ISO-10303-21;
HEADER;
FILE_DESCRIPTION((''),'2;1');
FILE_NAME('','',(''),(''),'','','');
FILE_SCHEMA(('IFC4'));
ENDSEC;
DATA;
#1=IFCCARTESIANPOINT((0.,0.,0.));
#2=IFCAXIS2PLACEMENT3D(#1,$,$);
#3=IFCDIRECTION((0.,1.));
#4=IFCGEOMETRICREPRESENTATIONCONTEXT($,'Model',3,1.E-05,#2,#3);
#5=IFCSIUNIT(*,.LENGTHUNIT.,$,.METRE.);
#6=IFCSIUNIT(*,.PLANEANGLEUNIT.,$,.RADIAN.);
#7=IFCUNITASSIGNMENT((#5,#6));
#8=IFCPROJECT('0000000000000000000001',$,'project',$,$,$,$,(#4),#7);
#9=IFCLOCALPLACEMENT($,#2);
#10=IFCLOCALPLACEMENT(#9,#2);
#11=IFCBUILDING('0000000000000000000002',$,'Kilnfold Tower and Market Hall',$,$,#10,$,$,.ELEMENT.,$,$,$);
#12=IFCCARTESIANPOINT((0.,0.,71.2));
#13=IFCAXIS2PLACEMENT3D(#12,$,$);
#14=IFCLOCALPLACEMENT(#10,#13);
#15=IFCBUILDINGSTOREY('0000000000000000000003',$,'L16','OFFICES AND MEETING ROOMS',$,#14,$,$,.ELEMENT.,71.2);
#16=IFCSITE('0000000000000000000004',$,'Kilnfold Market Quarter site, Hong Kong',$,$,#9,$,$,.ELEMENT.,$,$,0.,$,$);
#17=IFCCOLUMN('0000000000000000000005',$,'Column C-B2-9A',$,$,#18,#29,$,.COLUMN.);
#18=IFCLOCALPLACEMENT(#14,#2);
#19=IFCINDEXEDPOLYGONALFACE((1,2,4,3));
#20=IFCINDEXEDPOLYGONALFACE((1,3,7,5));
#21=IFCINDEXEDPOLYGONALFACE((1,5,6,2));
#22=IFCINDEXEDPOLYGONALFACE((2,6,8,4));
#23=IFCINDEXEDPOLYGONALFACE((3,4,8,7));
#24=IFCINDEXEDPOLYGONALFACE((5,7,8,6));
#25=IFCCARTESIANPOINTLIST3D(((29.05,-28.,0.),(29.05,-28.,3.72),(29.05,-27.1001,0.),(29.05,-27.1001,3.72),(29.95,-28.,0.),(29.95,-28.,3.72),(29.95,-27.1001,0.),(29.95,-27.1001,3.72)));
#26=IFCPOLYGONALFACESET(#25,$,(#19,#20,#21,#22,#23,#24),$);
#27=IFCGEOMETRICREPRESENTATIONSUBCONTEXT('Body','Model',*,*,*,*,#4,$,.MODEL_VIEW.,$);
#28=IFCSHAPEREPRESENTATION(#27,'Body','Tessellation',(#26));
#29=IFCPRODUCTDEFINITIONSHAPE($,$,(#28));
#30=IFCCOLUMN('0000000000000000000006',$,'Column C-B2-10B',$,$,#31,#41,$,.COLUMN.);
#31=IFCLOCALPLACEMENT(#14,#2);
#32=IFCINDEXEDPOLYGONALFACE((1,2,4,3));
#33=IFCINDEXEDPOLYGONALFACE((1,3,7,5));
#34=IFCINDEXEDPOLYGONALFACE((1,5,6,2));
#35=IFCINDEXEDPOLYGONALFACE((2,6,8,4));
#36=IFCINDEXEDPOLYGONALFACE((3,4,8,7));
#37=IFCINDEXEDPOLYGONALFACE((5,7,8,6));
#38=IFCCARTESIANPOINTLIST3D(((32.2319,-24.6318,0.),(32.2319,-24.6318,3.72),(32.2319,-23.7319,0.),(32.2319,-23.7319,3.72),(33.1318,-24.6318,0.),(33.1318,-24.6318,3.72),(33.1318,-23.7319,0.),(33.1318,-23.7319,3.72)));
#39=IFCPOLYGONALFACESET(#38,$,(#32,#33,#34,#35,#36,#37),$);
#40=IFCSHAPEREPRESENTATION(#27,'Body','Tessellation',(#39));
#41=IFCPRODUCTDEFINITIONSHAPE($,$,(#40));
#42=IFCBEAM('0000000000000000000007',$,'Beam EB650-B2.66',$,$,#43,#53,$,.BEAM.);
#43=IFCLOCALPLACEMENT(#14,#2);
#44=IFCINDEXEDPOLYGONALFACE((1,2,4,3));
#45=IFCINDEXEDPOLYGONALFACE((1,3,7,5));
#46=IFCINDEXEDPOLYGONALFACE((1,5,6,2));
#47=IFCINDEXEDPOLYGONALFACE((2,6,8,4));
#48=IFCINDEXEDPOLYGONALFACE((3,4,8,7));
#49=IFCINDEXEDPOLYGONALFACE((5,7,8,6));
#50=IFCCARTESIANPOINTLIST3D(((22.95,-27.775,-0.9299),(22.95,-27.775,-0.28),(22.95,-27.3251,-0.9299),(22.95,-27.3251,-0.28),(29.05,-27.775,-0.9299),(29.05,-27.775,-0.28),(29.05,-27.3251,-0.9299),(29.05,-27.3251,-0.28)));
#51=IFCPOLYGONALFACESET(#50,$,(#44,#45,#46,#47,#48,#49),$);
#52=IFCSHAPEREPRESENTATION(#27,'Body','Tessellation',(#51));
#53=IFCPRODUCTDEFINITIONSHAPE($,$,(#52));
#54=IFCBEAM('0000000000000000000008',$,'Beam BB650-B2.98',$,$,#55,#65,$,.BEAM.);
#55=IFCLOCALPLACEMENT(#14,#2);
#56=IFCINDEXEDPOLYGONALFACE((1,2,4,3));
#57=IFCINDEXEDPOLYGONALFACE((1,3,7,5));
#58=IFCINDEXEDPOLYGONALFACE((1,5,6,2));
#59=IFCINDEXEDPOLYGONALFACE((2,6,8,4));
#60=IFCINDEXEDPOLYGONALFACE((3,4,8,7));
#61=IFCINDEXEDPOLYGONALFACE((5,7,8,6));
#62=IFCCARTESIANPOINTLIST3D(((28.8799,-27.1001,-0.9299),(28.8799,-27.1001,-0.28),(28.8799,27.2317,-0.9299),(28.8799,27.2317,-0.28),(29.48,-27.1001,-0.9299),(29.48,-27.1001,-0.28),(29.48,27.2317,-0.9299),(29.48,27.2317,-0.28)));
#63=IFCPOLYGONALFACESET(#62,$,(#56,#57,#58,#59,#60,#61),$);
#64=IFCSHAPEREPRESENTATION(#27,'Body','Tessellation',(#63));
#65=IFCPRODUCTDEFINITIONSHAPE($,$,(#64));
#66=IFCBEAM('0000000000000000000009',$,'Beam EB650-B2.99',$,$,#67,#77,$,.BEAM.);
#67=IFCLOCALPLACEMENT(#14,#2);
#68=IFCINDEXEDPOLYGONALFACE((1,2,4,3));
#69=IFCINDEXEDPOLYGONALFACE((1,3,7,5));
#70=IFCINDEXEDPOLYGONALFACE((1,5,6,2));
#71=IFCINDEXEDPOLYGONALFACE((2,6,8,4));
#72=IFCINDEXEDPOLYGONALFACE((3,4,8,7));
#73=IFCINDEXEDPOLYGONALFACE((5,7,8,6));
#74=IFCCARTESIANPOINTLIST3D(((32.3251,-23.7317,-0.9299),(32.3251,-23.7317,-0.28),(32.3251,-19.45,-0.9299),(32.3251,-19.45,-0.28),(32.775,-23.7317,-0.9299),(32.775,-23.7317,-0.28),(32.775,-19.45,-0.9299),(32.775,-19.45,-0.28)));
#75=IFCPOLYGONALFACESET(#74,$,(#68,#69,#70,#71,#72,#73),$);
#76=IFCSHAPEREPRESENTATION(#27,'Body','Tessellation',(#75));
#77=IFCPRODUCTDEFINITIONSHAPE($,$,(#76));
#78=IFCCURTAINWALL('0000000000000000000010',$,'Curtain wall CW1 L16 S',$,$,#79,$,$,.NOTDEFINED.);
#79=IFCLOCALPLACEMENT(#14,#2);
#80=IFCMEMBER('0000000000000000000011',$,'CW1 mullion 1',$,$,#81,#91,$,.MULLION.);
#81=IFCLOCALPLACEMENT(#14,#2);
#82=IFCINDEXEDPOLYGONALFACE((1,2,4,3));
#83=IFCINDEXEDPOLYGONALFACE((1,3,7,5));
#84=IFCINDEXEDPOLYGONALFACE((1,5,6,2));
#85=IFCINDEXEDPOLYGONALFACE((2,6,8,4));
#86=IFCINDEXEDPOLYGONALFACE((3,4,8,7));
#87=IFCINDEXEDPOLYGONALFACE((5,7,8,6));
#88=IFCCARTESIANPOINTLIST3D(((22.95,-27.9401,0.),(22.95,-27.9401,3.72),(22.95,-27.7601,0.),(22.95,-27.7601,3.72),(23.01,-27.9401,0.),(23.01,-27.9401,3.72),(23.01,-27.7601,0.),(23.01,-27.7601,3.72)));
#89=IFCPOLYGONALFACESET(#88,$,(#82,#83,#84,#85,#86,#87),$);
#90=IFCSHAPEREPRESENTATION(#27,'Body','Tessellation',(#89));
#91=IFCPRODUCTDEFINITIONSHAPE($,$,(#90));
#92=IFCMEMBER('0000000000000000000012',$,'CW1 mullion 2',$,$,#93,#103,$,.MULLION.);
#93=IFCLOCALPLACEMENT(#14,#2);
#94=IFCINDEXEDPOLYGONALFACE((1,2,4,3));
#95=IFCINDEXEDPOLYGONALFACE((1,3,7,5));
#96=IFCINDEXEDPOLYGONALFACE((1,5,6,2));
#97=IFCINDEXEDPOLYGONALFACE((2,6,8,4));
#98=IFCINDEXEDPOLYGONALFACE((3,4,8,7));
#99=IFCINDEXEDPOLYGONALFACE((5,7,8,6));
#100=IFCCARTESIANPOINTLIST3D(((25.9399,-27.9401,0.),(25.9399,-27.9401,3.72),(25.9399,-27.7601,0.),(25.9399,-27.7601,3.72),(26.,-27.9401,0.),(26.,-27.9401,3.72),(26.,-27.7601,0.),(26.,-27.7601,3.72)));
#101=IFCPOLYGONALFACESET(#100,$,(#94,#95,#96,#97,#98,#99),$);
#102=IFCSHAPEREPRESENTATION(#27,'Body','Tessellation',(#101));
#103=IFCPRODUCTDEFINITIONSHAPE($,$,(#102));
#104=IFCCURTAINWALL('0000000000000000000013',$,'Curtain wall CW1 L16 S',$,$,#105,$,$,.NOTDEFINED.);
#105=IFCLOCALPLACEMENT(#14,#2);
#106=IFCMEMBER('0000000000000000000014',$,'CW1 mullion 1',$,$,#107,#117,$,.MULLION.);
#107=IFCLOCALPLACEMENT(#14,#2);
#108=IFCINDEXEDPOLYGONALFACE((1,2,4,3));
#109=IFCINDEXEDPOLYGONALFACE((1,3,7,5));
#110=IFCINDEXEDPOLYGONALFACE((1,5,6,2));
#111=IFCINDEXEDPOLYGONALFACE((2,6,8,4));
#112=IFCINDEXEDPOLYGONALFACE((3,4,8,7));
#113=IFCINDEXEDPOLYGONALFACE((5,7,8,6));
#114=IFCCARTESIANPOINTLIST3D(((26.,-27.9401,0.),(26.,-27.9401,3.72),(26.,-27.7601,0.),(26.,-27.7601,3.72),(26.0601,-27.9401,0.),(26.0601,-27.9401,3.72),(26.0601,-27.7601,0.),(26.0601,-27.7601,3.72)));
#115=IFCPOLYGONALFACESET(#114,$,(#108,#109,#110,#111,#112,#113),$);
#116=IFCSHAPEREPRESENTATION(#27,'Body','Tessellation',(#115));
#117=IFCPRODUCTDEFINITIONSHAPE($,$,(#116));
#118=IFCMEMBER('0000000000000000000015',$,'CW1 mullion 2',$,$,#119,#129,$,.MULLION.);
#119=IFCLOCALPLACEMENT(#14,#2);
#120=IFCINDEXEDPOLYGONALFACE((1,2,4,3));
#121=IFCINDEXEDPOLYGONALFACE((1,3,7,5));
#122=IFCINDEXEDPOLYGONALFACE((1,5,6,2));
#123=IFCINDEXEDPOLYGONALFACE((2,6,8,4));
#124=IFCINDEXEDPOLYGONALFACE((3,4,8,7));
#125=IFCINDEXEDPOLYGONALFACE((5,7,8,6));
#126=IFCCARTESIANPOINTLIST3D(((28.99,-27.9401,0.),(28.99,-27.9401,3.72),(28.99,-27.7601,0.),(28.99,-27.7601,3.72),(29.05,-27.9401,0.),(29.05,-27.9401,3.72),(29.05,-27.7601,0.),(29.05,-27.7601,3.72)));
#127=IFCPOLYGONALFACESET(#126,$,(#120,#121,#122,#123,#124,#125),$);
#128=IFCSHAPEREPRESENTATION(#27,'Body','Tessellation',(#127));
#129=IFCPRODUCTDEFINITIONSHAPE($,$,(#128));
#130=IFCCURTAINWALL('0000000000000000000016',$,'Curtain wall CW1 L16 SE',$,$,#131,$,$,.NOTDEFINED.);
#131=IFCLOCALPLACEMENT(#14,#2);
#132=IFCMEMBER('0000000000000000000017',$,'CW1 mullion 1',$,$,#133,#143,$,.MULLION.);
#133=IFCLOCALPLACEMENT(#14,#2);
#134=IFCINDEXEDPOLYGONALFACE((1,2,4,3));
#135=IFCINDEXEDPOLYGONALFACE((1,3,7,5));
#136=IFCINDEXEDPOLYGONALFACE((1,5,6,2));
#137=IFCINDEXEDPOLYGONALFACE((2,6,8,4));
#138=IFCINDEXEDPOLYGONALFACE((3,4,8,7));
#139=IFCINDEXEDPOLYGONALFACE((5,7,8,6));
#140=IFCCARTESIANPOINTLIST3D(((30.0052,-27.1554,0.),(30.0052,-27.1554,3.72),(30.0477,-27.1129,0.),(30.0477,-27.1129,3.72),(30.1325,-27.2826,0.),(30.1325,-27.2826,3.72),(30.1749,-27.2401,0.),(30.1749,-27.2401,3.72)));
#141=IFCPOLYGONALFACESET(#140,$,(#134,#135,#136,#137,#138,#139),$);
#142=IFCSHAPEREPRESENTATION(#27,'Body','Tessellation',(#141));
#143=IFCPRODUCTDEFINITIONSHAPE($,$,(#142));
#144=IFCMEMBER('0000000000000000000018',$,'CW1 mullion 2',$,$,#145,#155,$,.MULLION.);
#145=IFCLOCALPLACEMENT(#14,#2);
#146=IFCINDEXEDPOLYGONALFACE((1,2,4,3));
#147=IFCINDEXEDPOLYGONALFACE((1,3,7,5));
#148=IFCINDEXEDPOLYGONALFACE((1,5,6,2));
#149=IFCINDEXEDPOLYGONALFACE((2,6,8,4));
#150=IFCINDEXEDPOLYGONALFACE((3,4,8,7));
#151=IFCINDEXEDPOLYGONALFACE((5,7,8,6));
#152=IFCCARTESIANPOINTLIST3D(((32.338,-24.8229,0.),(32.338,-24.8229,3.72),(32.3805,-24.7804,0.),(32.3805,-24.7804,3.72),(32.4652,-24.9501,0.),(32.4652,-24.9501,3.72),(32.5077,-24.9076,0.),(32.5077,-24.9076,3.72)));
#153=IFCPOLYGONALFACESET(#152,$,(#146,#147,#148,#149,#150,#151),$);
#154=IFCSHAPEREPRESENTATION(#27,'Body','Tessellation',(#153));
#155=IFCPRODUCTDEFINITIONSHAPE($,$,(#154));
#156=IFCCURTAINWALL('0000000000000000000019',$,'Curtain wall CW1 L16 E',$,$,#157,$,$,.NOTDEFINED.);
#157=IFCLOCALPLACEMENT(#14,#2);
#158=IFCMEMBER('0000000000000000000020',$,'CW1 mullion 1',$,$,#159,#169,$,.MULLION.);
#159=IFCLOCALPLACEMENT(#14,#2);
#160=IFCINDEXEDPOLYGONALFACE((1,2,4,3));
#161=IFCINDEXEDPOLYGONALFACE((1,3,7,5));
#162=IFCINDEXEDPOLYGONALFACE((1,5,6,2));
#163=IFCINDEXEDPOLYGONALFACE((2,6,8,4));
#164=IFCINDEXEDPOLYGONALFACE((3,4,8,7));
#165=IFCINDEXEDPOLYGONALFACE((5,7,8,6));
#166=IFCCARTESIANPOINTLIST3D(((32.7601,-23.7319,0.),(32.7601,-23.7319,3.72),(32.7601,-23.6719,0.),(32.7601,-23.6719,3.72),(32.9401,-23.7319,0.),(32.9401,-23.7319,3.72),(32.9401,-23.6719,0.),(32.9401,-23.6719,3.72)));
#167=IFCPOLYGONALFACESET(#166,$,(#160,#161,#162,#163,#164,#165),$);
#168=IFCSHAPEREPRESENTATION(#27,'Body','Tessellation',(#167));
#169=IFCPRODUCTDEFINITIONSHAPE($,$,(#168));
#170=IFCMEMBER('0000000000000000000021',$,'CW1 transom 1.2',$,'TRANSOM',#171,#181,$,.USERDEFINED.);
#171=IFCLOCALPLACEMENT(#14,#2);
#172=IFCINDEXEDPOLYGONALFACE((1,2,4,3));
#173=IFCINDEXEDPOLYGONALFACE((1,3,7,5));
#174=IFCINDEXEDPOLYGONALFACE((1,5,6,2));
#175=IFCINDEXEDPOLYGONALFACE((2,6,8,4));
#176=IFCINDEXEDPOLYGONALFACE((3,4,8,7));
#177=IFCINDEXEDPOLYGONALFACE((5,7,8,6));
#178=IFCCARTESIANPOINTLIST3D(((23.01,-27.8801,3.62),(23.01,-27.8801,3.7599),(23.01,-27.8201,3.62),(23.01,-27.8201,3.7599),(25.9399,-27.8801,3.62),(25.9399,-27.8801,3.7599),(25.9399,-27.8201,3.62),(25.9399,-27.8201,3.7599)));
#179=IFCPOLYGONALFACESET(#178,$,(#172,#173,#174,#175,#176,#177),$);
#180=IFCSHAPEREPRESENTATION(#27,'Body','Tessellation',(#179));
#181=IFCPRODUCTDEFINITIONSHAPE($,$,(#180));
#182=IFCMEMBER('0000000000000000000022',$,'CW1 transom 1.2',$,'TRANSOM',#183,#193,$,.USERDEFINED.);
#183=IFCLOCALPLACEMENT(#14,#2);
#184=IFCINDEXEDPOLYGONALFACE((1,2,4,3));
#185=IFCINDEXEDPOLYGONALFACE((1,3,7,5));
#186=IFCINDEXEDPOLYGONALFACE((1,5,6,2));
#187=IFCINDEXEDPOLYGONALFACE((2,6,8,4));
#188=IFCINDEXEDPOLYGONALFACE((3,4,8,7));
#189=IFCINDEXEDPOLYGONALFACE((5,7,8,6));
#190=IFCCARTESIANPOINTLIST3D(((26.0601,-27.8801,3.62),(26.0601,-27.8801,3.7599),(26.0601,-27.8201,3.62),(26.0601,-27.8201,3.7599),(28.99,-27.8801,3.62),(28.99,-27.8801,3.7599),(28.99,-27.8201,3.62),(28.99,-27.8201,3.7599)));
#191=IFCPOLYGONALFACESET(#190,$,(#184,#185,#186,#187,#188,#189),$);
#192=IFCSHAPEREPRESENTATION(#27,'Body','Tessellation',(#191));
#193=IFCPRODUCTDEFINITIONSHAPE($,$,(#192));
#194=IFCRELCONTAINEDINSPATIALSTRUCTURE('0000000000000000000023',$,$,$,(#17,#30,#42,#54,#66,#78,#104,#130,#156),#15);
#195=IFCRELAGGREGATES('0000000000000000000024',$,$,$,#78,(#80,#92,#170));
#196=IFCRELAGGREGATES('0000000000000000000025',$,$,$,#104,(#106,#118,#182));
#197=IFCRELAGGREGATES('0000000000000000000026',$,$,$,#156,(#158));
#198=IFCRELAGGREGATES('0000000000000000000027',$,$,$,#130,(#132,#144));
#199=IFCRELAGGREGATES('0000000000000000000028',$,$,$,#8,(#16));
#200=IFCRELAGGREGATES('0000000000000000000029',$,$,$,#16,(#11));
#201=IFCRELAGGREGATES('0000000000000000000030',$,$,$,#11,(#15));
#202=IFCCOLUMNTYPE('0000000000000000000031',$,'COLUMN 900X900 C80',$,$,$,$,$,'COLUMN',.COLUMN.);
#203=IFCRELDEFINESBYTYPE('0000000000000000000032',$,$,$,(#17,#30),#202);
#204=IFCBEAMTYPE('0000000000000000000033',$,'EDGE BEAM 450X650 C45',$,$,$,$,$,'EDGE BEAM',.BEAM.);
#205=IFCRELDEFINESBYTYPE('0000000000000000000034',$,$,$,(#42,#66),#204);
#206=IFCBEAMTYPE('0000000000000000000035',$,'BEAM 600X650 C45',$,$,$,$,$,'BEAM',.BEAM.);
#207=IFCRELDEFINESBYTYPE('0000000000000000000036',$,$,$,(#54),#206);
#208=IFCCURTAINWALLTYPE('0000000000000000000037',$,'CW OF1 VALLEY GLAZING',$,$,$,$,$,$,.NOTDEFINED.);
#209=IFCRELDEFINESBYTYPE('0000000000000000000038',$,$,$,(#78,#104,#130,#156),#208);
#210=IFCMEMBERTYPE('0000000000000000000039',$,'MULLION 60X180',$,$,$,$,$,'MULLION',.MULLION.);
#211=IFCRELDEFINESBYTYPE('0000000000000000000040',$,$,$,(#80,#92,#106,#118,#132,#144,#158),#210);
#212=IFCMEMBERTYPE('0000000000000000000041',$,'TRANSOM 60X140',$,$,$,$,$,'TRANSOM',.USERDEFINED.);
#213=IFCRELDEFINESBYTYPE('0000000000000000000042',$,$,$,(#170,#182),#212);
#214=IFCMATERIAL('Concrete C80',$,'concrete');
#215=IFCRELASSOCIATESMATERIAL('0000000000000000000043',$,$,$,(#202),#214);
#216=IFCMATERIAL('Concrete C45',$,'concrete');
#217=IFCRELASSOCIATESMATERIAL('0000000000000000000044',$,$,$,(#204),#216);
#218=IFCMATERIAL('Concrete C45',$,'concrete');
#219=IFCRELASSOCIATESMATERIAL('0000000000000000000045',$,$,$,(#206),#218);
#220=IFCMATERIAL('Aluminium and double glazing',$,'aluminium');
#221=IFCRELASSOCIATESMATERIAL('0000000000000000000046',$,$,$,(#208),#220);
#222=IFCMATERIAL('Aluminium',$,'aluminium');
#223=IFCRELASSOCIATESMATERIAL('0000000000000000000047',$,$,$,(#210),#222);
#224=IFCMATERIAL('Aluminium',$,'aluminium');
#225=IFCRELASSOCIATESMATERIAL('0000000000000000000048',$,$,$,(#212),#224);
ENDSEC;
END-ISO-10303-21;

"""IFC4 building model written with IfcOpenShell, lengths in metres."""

from ifc_helpers import new_model, si_unit, direction, frame, origin, origin_2d, place, context, subcontext, project, spatial, rectangle, extrude, source, transform, mapped, material, material_profile, profile_set, type_object, element, aggregate, save


model = new_model("IFC4")

# Units and contexts
model_context = context("Model", 3, precision=1e-05, world=origin(), true_north=direction((0.0, 1.0)))
body_context = subcontext(model_context, "Body", "Model", "MODEL_VIEW")
ifc_project = project(units=[si_unit("LENGTHUNIT", "METRE"), si_unit("PLANEANGLEUNIT", "RADIAN")], contexts=[model_context])

# Site, building, storey
site_placement = place(None, origin())
site = spatial("IfcSite", under=ifc_project, at=site_placement, Name="Kilnfold Market Quarter site, Hong Kong", CompositionType="ELEMENT", RefElevation=0.0)
building_placement = place(site_placement, origin())
building = spatial("IfcBuilding", under=site, at=building_placement, Name="Kilnfold Tower and Market Hall", CompositionType="ELEMENT")
storey_placement = place(building_placement, frame((0.0, 0.0, 71.2)))
storey = spatial("IfcBuildingStorey", under=building, at=storey_placement, Name="L16", Description="OFFICES AND MEETING ROOMS", CompositionType="ELEMENT", Elevation=71.2)

# Columns
ifc_material_1 = material(Name="Concrete C80", Category="concrete")
ifc_material_profile_1 = material_profile(ifc_material_1, rectangle(XDim=0.8999, YDim=0.8999, at=origin_2d()), Name="RC 900x900")
ifc_profile_set_1 = profile_set([ifc_material_profile_1], Name="Concrete C80")
column_type = type_object("IfcColumnType", Name="COLUMN 900X900 C80", ElementType="COLUMN", PredefinedType="COLUMN", material=ifc_profile_set_1)
shared_shape_1 = source(origin(), body_context, "Body", "SweptSolid", [
    extrude(rectangle(XDim=0.8999, YDim=0.8999, at=origin_2d()), origin(), (0.0, 0.0, 1.0), 3.72),
])
for number, where, z_axis, x_axis, name in (
    (1, (29.5, -27.55, 0.0), (0.0, 0.0, 1.0), (1.0, 0.0, 0.0), "Column C-B2-9A"),
    (2, (32.6819, -24.1819, 0.0), (0.0, 0.0, 1.0), (1.0, 0.0, 0.0), "Column C-B2-10B"),
):
    element("IfcColumn", number, at=place(storey_placement, frame(where, z_axis=z_axis, x_axis=x_axis)), inside=storey, type_object=column_type, Name=name, PredefinedType="COLUMN", context=body_context, shape_type="MappedRepresentation", body=[
        mapped(shared_shape_1, transform((0.0, 0.0, 0.0))),
    ])

# Beams
ifc_material_2 = material(Name="Concrete C45", Category="concrete")
ifc_material_profile_2 = material_profile(ifc_material_2, rectangle(XDim=0.45, YDim=0.6499, at=origin_2d()), Name="RC 450x650")
ifc_profile_set_2 = profile_set([ifc_material_profile_2], Name="Concrete C45")
beam_type_1 = type_object("IfcBeamType", Name="EDGE BEAM 450X650 C45", ElementType="EDGE BEAM", PredefinedType="BEAM", material=ifc_profile_set_2)
shared_shape_2 = source(origin(), body_context, "Body", "SweptSolid", [
    extrude(rectangle(XDim=0.45, YDim=0.6499, at=origin_2d()), origin(), (0.0, 0.0, 1.0), 6.1001),
])
beam_1_placement = place(storey_placement, frame((22.95, -27.55, -0.605), z_axis=(1.0, 0.0, 0.0), x_axis=(0.0, 1.0, 0.0)))
element("IfcBeam", 3, at=beam_1_placement, inside=storey, type_object=beam_type_1, Name="Beam EB650-B2.66", PredefinedType="BEAM", context=body_context, shape_type="MappedRepresentation", body=[
    mapped(shared_shape_2, transform((0.0, 0.0, 0.0))),
])
ifc_material_3 = material(Name="Concrete C45", Category="concrete")
ifc_material_profile_3 = material_profile(ifc_material_3, rectangle(XDim=0.6001, YDim=0.6499, at=origin_2d()), Name="RC 600x650")
ifc_profile_set_3 = profile_set([ifc_material_profile_3], Name="Concrete C45")
beam_type_2 = type_object("IfcBeamType", Name="BEAM 600X650 C45", ElementType="BEAM", PredefinedType="BEAM", material=ifc_profile_set_3)
shared_shape_3 = source(origin(), body_context, "Body", "SweptSolid", [
    extrude(rectangle(XDim=0.6001, YDim=0.6499, at=origin_2d()), origin(), (0.0, 0.0, 1.0), 54.3318),
])
beam_2_placement = place(storey_placement, frame((29.1799, -27.1001, -0.605), z_axis=(0.0, 1.0, 0.0), x_axis=(-1.0, 0.0, 0.0)))
element("IfcBeam", 4, at=beam_2_placement, inside=storey, type_object=beam_type_2, Name="Beam BB650-B2.98", PredefinedType="BEAM", context=body_context, shape_type="MappedRepresentation", body=[
    mapped(shared_shape_3, transform((0.0, 0.0, 0.0))),
])
shared_shape_4 = source(origin(), body_context, "Body", "SweptSolid", [
    extrude(rectangle(XDim=0.45, YDim=0.6499, at=origin_2d()), origin(), (0.0, 0.0, 1.0), 4.2817),
])
beam_3_placement = place(storey_placement, frame((32.55, -23.7317, -0.605), z_axis=(0.0, 1.0, 0.0), x_axis=(-1.0, 0.0, 0.0)))
element("IfcBeam", 5, at=beam_3_placement, inside=storey, type_object=beam_type_1, Name="Beam EB650-B2.99", PredefinedType="BEAM", context=body_context, shape_type="MappedRepresentation", body=[
    mapped(shared_shape_4, transform((0.0, 0.0, 0.0))),
])

# Curtain walls, members
ifc_material_4 = material(Name="Aluminium and double glazing", Category="aluminium")
curtain_wall_type = type_object("IfcCurtainWallType", Name="CW OF1 VALLEY GLAZING", PredefinedType="NOTDEFINED", material=ifc_material_4)
curtain_wall_1_placement = place(storey_placement, origin())
curtain_wall_1 = element("IfcCurtainWall", 6, at=curtain_wall_1_placement, inside=storey, type_object=curtain_wall_type, Name="Curtain wall CW1 L16 S", PredefinedType="NOTDEFINED")
ifc_material_5 = material(Name="Aluminium", Category="aluminium")
ifc_material_profile_4 = material_profile(ifc_material_5, rectangle(XDim=0.0601, YDim=0.1799, at=origin_2d()), Name="MULLION 60x180")
ifc_profile_set_4 = profile_set([ifc_material_profile_4], Name="Aluminium")
member_type_1 = type_object("IfcMemberType", Name="MULLION 60X180", ElementType="MULLION", PredefinedType="MULLION", material=ifc_profile_set_4)
shared_shape_5 = source(origin(), body_context, "Body", "SweptSolid", [
    extrude(rectangle(XDim=0.0601, YDim=0.1799, at=origin_2d()), origin(), (0.0, 0.0, 1.0), 3.72),
])
member_1_placement = place(storey_placement, frame((22.98, -27.8501, 0.0), z_axis=(0.0, 0.0, 1.0), x_axis=(1.0, 0.0, 0.0)))
member_1 = element("IfcMember", 7, at=member_1_placement, type_object=member_type_1, Name="CW1 mullion 1", PredefinedType="MULLION", context=body_context, shape_type="MappedRepresentation", body=[
    mapped(shared_shape_5, transform((0.0, 0.0, 0.0))),
])
member_2_placement = place(storey_placement, frame((25.97, -27.8501, 0.0), z_axis=(0.0, 0.0, 1.0), x_axis=(1.0, 0.0, 0.0)))
member_2 = element("IfcMember", 8, at=member_2_placement, type_object=member_type_1, Name="CW1 mullion 2", PredefinedType="MULLION", context=body_context, shape_type="MappedRepresentation", body=[
    mapped(shared_shape_5, transform((0.0, 0.0, 0.0))),
])
curtain_wall_2_placement = place(storey_placement, origin())
curtain_wall_2 = element("IfcCurtainWall", 9, at=curtain_wall_2_placement, inside=storey, type_object=curtain_wall_type, Name="Curtain wall CW1 L16 S", PredefinedType="NOTDEFINED")
member_3_placement = place(storey_placement, frame((26.03, -27.8501, 0.0), z_axis=(0.0, 0.0, 1.0), x_axis=(1.0, 0.0, 0.0)))
member_3 = element("IfcMember", 10, at=member_3_placement, type_object=member_type_1, Name="CW1 mullion 1", PredefinedType="MULLION", context=body_context, shape_type="MappedRepresentation", body=[
    mapped(shared_shape_5, transform((0.0, 0.0, 0.0))),
])
member_4_placement = place(storey_placement, frame((29.02, -27.8501, 0.0), z_axis=(0.0, 0.0, 1.0), x_axis=(1.0, 0.0, 0.0)))
member_4 = element("IfcMember", 11, at=member_4_placement, type_object=member_type_1, Name="CW1 mullion 2", PredefinedType="MULLION", context=body_context, shape_type="MappedRepresentation", body=[
    mapped(shared_shape_5, transform((0.0, 0.0, 0.0))),
])
curtain_wall_3_placement = place(storey_placement, origin())
curtain_wall_3 = element("IfcCurtainWall", 12, at=curtain_wall_3_placement, inside=storey, type_object=curtain_wall_type, Name="Curtain wall CW1 L16 SE", PredefinedType="NOTDEFINED")
member_5_placement = place(storey_placement, frame((30.0901, -27.1978, 0.0), z_axis=(0.0, 0.0, 1.0), x_axis=(0.707122, 0.707092, 0.0)))
member_5 = element("IfcMember", 13, at=member_5_placement, type_object=member_type_1, Name="CW1 mullion 1", PredefinedType="MULLION", context=body_context, shape_type="MappedRepresentation", body=[
    mapped(shared_shape_5, transform((0.0, 0.0, 0.0))),
])
member_6_placement = place(storey_placement, frame((32.4229, -24.8652, 0.0), z_axis=(0.0, 0.0, 1.0), x_axis=(0.707122, 0.707092, 0.0)))
member_6 = element("IfcMember", 14, at=member_6_placement, type_object=member_type_1, Name="CW1 mullion 2", PredefinedType="MULLION", context=body_context, shape_type="MappedRepresentation", body=[
    mapped(shared_shape_5, transform((0.0, 0.0, 0.0))),
])

# Curtain wall, member
curtain_wall_4_placement = place(storey_placement, origin())
curtain_wall_4 = element("IfcCurtainWall", 15, at=curtain_wall_4_placement, inside=storey, type_object=curtain_wall_type, Name="Curtain wall CW1 L16 E", PredefinedType="NOTDEFINED")
member_7_placement = place(storey_placement, frame((32.8501, -23.7019, 0.0), z_axis=(0.0, 0.0, 1.0), x_axis=(0.0, 1.0, 0.0)))
member_7 = element("IfcMember", 16, at=member_7_placement, type_object=member_type_1, Name="CW1 mullion 1", PredefinedType="MULLION", context=body_context, shape_type="MappedRepresentation", body=[
    mapped(shared_shape_5, transform((0.0, 0.0, 0.0))),
])

# Members
ifc_material_6 = material(Name="Aluminium", Category="aluminium")
ifc_material_profile_5 = material_profile(ifc_material_6, rectangle(XDim=0.0601, YDim=0.1399, at=origin_2d()), Name="TRANSOM 60x140")
ifc_profile_set_5 = profile_set([ifc_material_profile_5], Name="Aluminium")
member_type_2 = type_object("IfcMemberType", Name="TRANSOM 60X140", ElementType="TRANSOM", PredefinedType="USERDEFINED", material=ifc_profile_set_5)
shared_shape_6 = source(origin(), body_context, "Body", "SweptSolid", [
    extrude(rectangle(XDim=0.0601, YDim=0.1399, at=origin_2d()), origin(), (0.0, 0.0, 1.0), 2.9299),
])
member_8_placement = place(storey_placement, frame((23.01, -27.8501, 3.6899), z_axis=(1.0, 0.0, 0.0), x_axis=(0.0, 1.0, 0.0)))
member_8 = element("IfcMember", 17, at=member_8_placement, type_object=member_type_2, Name="CW1 transom 1.2", ObjectType="TRANSOM", PredefinedType="USERDEFINED", context=body_context, shape_type="MappedRepresentation", body=[
    mapped(shared_shape_6, transform((0.0, 0.0, 0.0))),
])
member_9_placement = place(storey_placement, frame((26.0601, -27.8501, 3.6899), z_axis=(1.0, 0.0, 0.0), x_axis=(0.0, 1.0, 0.0)))
member_9 = element("IfcMember", 18, at=member_9_placement, type_object=member_type_2, Name="CW1 transom 1.2", ObjectType="TRANSOM", PredefinedType="USERDEFINED", context=body_context, shape_type="MappedRepresentation", body=[
    mapped(shared_shape_6, transform((0.0, 0.0, 0.0))),
])

aggregate(curtain_wall_1, [member_1, member_2, member_8])
aggregate(curtain_wall_2, [member_3, member_4, member_9])
aggregate(curtain_wall_4, [member_7])
aggregate(curtain_wall_3, [member_5, member_6])

save(model, "model.ifc")
